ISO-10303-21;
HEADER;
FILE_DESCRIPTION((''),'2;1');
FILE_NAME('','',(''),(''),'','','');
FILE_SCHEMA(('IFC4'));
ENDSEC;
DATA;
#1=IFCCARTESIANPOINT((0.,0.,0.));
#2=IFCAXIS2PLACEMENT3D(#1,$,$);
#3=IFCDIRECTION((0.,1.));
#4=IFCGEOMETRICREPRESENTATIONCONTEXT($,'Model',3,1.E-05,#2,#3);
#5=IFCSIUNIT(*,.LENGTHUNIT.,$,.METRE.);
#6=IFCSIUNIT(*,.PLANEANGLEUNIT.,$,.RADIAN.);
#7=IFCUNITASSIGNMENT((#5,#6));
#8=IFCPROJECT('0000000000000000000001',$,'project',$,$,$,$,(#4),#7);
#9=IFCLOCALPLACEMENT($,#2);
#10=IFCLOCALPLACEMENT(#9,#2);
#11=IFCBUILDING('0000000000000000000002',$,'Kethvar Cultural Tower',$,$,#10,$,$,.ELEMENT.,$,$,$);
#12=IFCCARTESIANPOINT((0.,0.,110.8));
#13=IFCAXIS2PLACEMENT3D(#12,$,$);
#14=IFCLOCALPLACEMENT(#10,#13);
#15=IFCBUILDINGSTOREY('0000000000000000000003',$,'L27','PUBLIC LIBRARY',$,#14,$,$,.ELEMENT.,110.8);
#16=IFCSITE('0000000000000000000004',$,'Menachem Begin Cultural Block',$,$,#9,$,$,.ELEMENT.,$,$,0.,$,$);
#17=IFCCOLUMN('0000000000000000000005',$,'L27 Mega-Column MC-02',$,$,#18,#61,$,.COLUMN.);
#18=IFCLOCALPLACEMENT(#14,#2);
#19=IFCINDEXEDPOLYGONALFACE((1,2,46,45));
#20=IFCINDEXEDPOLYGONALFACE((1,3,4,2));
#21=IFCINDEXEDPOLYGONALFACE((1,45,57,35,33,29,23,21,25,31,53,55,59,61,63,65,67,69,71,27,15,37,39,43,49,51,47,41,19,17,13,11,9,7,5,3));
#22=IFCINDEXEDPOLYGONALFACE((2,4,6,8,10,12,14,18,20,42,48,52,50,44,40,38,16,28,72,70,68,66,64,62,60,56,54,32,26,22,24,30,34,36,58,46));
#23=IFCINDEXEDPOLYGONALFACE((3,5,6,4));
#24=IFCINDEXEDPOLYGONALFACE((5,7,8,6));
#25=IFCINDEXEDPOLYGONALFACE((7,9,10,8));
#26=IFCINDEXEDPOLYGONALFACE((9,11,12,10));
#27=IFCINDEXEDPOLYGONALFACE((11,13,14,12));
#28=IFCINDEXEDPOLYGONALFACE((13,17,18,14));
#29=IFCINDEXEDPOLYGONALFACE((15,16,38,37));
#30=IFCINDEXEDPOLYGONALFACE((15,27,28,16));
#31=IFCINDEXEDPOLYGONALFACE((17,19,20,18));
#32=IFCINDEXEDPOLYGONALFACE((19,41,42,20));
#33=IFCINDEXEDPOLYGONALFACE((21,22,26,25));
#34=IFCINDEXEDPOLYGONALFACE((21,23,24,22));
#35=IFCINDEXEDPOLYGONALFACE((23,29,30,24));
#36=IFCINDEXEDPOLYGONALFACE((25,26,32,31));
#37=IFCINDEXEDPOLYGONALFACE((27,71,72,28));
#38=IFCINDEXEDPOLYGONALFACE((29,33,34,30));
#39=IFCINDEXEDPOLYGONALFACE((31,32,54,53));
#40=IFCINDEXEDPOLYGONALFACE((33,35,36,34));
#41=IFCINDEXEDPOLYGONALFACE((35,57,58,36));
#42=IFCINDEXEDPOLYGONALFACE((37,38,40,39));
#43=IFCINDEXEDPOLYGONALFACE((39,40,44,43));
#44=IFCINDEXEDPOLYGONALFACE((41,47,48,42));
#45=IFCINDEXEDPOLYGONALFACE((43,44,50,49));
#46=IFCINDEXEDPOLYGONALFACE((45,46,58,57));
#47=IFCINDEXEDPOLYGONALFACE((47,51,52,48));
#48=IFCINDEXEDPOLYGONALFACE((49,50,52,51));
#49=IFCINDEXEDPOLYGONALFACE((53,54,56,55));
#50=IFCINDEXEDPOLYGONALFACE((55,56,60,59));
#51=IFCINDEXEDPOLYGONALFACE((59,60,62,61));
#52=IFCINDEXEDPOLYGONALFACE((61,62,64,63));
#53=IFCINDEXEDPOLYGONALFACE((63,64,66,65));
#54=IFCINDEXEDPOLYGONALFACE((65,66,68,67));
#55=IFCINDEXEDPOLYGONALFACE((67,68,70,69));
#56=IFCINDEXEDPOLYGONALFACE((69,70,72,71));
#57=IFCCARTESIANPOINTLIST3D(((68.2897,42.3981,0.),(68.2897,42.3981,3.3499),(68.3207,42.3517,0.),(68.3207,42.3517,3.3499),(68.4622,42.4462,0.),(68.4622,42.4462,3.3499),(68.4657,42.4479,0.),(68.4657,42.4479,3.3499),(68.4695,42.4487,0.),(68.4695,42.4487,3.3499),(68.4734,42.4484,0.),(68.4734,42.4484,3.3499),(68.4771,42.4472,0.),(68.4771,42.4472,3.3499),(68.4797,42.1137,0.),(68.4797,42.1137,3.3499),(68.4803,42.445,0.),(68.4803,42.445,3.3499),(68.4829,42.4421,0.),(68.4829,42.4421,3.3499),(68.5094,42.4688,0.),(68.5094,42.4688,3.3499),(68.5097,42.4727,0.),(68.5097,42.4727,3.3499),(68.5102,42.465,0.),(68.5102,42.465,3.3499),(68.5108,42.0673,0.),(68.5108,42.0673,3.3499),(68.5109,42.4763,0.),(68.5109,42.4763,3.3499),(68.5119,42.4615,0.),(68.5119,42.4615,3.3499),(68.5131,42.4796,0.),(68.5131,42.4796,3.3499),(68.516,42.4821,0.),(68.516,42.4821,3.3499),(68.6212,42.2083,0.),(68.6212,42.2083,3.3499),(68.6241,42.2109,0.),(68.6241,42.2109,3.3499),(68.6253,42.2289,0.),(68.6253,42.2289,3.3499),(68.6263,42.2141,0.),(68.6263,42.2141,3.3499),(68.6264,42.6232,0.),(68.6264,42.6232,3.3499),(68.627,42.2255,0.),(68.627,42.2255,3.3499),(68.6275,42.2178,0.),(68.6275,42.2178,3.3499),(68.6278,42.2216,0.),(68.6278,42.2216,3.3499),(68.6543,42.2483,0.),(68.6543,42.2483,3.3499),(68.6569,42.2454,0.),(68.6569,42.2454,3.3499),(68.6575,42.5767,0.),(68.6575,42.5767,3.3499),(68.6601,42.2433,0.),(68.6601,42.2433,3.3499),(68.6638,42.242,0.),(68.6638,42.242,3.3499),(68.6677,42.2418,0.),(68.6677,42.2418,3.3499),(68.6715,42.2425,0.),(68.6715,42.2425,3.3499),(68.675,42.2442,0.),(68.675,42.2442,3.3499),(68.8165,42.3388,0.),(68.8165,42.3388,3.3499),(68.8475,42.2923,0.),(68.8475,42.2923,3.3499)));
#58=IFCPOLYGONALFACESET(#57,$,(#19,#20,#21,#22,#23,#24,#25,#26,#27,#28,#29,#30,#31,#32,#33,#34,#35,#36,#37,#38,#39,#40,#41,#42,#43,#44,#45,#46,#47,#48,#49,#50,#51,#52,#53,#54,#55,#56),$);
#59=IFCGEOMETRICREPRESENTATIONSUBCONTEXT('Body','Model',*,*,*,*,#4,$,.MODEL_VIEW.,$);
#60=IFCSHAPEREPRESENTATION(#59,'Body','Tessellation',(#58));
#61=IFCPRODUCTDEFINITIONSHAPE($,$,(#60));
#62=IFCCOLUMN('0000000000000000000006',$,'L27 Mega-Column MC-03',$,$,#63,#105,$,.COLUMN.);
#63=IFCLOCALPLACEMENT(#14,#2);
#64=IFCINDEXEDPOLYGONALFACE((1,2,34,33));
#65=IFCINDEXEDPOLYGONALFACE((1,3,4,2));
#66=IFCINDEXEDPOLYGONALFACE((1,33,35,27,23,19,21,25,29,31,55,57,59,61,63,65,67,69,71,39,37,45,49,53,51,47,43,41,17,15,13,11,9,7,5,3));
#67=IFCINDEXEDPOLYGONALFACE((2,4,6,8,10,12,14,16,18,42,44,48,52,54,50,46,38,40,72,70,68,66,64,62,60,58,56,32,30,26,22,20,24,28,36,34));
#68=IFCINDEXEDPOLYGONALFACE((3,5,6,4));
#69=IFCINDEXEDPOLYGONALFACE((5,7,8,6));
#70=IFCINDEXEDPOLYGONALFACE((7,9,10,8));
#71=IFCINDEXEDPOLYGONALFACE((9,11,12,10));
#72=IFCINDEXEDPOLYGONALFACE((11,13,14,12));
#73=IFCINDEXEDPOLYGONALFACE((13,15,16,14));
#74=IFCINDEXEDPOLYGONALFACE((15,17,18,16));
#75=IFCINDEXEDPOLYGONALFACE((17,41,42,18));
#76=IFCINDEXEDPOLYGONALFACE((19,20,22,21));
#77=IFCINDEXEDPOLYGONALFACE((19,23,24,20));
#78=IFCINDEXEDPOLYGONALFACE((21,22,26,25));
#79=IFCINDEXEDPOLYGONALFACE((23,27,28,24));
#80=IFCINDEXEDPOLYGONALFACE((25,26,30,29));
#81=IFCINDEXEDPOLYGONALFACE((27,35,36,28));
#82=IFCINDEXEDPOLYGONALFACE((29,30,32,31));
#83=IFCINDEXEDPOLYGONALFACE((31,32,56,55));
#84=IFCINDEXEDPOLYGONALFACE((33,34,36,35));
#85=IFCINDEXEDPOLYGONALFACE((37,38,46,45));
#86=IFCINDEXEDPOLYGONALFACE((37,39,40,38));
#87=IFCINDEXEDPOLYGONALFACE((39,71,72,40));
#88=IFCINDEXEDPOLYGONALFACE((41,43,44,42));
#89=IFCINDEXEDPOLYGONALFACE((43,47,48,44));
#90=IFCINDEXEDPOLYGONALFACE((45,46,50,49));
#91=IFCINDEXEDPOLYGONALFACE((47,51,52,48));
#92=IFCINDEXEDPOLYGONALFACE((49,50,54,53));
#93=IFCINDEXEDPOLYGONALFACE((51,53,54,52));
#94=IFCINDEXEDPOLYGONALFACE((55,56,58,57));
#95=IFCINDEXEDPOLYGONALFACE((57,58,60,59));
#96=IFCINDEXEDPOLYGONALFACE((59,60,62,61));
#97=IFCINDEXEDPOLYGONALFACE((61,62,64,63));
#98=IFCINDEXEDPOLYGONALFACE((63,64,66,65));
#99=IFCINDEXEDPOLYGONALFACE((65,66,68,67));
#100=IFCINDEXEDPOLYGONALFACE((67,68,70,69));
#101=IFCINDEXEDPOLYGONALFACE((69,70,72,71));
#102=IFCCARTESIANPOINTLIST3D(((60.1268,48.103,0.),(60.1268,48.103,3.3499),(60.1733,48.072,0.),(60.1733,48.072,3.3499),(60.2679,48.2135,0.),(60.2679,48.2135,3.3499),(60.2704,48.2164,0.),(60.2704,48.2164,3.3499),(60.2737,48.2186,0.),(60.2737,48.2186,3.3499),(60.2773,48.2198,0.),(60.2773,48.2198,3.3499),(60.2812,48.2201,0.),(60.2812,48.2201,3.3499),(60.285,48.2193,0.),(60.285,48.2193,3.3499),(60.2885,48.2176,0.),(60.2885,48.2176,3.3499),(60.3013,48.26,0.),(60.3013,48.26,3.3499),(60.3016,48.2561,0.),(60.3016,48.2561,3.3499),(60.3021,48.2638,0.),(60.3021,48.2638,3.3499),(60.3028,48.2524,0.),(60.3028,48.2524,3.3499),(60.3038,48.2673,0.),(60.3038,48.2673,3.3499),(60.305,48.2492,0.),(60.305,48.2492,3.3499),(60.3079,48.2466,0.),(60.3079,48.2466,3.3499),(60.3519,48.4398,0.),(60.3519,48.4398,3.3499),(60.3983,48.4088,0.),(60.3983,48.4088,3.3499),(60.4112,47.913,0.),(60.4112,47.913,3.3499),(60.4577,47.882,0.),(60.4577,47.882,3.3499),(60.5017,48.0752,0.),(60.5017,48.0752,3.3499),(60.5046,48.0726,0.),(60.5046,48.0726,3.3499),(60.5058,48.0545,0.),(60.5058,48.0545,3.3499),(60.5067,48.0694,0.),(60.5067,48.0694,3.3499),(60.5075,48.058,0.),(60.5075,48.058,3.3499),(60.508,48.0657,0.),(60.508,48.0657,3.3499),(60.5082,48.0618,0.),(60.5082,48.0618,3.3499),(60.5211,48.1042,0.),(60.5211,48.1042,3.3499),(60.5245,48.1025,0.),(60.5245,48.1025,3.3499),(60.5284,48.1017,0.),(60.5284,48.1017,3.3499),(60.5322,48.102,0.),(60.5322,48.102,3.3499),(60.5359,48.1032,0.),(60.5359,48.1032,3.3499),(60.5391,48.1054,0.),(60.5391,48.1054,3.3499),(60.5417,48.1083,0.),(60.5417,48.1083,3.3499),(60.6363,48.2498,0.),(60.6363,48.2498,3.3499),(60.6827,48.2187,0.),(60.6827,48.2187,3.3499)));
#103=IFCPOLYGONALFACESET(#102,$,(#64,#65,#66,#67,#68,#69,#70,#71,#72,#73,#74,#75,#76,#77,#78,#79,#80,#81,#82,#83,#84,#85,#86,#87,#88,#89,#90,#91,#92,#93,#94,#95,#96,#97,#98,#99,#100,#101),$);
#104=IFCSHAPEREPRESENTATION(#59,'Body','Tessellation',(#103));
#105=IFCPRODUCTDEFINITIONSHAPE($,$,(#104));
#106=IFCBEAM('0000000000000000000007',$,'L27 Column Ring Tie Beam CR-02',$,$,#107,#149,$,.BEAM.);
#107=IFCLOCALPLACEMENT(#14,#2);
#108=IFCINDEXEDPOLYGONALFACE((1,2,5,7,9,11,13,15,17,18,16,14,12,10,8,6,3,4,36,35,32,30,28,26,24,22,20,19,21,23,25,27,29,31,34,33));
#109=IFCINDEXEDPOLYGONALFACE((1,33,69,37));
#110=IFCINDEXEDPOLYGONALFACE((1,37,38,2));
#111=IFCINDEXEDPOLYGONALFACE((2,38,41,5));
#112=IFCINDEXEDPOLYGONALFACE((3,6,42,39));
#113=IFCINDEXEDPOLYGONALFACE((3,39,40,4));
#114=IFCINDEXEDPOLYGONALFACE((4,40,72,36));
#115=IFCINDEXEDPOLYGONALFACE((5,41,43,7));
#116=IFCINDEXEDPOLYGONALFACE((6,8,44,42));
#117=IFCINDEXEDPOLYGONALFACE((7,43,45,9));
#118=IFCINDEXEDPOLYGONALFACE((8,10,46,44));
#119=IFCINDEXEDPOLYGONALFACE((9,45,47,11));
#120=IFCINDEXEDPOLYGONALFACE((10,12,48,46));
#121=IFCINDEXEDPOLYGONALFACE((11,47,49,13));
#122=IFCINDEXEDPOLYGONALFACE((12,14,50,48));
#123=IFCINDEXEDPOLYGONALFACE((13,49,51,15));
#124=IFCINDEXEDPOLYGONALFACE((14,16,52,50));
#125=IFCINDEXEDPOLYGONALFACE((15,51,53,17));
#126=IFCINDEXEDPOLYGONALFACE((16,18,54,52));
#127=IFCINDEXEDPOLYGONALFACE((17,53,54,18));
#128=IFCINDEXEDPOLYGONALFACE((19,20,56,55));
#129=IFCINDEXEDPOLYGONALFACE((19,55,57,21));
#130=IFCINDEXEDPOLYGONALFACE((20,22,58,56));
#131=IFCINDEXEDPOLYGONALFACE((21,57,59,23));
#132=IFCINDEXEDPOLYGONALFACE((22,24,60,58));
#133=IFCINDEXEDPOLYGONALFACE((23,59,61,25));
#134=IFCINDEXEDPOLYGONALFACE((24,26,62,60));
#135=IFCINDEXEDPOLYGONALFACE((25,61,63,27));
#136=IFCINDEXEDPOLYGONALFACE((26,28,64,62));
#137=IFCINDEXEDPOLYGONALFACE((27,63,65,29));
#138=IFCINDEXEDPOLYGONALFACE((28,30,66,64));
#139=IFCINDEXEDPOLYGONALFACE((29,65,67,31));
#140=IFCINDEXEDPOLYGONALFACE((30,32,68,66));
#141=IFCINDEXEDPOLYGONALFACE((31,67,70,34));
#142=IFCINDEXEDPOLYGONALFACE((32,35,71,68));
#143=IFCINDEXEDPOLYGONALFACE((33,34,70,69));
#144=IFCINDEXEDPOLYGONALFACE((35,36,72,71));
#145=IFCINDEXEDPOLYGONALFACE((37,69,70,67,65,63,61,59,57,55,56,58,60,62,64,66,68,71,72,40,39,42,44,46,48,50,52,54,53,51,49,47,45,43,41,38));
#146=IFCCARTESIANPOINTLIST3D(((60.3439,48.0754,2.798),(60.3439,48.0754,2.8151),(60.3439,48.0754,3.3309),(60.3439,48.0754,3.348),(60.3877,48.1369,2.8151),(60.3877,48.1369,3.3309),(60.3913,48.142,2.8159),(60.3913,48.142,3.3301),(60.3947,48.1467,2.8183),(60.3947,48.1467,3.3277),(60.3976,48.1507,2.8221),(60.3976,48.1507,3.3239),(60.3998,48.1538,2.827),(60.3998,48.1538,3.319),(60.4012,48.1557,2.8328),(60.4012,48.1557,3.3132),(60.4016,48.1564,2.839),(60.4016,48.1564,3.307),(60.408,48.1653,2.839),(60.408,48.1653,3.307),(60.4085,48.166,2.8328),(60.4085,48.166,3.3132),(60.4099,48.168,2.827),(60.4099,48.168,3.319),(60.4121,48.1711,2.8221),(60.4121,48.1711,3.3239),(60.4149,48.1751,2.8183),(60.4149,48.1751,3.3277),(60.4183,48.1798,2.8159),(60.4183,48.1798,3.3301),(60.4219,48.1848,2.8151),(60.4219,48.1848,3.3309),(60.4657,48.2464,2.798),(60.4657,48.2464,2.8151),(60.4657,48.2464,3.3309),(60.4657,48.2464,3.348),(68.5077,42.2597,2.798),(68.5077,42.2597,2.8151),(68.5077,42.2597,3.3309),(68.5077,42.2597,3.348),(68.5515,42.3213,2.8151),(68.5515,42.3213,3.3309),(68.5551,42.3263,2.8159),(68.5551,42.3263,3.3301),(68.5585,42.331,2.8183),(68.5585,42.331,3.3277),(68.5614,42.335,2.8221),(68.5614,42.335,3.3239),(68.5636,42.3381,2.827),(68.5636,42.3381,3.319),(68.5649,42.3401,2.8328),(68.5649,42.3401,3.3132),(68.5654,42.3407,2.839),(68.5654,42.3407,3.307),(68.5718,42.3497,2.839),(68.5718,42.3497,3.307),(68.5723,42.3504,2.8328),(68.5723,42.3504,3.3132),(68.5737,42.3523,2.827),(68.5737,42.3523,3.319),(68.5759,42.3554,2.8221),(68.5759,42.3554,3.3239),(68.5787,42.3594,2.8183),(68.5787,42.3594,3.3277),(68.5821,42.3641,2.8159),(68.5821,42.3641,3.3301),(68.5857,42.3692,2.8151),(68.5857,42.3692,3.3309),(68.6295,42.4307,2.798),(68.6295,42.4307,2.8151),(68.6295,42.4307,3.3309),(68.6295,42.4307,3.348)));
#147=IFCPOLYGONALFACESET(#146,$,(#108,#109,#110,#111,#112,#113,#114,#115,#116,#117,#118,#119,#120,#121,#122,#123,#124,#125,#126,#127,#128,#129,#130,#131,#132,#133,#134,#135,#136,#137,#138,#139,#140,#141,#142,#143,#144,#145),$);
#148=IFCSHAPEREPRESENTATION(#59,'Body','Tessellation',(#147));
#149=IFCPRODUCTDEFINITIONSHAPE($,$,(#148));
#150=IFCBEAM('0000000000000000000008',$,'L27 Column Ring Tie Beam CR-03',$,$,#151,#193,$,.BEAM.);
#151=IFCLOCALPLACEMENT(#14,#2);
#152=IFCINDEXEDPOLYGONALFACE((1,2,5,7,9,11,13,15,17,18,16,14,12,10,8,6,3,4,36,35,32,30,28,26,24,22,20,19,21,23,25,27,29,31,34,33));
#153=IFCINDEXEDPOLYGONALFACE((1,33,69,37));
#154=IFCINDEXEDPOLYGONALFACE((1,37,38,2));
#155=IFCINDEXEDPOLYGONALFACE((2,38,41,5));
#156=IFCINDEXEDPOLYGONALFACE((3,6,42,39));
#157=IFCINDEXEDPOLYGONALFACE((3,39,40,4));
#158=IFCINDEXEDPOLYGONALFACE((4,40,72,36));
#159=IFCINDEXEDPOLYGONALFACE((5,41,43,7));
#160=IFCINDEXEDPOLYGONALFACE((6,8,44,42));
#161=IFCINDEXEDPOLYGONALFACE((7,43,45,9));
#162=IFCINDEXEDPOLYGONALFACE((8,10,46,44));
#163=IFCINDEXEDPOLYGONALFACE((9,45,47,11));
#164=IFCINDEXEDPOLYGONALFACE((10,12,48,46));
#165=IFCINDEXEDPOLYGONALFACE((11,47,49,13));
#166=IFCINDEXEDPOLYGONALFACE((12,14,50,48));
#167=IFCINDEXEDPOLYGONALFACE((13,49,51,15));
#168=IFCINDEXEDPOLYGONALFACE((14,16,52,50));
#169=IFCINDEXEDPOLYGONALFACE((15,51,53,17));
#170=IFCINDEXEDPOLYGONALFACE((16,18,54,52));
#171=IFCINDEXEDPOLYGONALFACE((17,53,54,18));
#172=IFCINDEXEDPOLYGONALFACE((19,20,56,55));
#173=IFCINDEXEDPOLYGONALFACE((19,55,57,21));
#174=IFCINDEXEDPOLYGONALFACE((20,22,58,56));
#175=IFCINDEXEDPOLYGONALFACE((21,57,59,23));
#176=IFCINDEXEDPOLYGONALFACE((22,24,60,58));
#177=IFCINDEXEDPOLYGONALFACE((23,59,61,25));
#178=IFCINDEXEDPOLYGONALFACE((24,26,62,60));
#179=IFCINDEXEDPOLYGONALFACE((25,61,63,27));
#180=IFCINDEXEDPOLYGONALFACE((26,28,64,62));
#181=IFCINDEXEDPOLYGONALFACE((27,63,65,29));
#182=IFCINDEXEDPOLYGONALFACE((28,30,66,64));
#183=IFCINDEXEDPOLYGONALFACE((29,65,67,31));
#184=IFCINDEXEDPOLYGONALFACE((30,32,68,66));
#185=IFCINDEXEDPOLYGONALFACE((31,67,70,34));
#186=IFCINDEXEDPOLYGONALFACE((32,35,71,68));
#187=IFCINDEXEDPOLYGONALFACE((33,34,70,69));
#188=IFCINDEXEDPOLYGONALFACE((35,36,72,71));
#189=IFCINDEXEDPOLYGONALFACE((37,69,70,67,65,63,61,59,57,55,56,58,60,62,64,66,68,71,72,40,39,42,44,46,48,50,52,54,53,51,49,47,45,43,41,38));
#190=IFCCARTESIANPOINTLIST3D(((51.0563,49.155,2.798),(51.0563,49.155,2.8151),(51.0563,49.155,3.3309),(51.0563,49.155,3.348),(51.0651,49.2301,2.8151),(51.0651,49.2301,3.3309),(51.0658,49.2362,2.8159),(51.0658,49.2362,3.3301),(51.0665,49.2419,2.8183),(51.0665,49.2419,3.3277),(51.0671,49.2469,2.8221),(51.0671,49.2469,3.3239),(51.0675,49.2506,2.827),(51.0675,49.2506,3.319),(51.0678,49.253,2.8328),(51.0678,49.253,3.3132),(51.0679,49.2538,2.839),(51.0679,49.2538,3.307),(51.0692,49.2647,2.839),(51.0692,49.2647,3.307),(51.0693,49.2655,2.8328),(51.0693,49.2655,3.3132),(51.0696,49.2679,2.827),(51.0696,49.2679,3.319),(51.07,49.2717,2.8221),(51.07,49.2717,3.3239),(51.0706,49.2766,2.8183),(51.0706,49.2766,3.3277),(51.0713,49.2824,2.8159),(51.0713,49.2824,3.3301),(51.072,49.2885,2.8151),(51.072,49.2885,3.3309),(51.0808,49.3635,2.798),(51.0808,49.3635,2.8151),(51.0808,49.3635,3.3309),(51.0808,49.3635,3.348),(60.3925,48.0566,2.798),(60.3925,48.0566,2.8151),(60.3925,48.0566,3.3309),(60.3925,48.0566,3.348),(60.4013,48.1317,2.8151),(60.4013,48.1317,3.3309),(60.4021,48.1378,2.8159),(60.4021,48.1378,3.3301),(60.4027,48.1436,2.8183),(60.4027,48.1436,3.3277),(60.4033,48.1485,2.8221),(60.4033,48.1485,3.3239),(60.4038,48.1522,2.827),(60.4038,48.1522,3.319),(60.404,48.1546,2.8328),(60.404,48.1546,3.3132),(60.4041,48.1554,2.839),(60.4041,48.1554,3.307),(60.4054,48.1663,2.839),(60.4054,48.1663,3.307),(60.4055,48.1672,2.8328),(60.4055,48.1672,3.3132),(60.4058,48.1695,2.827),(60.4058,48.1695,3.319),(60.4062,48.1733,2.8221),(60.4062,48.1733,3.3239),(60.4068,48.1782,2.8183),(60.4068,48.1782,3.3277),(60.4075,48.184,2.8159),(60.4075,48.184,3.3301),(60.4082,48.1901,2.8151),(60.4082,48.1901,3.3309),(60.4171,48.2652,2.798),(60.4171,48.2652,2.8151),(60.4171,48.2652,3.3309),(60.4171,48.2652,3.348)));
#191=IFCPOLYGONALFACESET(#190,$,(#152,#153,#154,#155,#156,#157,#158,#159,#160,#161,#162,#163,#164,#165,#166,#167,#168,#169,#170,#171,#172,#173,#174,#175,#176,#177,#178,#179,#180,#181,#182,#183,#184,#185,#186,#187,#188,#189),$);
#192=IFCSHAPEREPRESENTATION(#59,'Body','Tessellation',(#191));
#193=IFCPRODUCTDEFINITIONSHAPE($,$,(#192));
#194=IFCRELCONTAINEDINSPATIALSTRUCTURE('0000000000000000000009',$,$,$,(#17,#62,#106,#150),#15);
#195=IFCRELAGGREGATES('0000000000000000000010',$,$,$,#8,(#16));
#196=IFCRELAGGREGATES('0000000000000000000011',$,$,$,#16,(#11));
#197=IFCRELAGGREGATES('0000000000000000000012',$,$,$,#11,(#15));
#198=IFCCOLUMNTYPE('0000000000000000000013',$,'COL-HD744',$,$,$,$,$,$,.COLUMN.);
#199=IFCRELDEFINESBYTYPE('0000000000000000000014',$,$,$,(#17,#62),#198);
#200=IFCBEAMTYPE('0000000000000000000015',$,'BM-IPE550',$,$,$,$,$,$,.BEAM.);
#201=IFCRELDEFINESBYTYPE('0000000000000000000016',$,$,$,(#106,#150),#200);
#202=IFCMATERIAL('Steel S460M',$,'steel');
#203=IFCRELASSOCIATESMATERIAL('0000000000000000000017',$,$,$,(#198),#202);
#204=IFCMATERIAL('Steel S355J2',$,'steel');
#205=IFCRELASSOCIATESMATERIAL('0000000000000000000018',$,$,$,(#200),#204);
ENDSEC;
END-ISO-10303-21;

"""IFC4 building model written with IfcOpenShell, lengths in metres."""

from ifc_helpers import new_model, si_unit, direction, frame, origin, origin_2d, place, context, subcontext, project, spatial, i_section, extrude, source, transform, mapped, material, material_profile, profile_set, type_object, element, save


model = new_model("IFC4")

# Units and contexts
model_context = context("Model", 3, precision=1e-05, world=origin(), true_north=direction((0.0, 1.0)))
body_context = subcontext(model_context, "Body", "Model", "MODEL_VIEW")
ifc_project = project(units=[si_unit("LENGTHUNIT", "METRE"), si_unit("PLANEANGLEUNIT", "RADIAN")], contexts=[model_context])

# Site, building, storey
site_placement = place(None, origin())
site = spatial("IfcSite", under=ifc_project, at=site_placement, Name="Menachem Begin Cultural Block", CompositionType="ELEMENT", RefElevation=0.0)
building_placement = place(site_placement, origin())
building = spatial("IfcBuilding", under=site, at=building_placement, Name="Kethvar Cultural Tower", CompositionType="ELEMENT")
storey_placement = place(building_placement, frame((0.0, 0.0, 110.8)))
storey = spatial("IfcBuildingStorey", under=building, at=storey_placement, Name="L27", Description="PUBLIC LIBRARY", CompositionType="ELEMENT", Elevation=110.8)

# Columns
ifc_material_1 = material(Name="Steel S460M", Category="steel")
ifc_material_profile_1 = material_profile(ifc_material_1, i_section(OverallWidth=0.405, OverallDepth=0.3979, WebThickness=0.0349, FlangeThickness=0.0559, FilletRadius=0.0149, at=origin_2d()), Name="Steel S460M — HD400x744")
ifc_profile_set_1 = profile_set([ifc_material_profile_1], Name="Steel S460M — HD400x744")
column_type = type_object("IfcColumnType", Name="COL-HD744", PredefinedType="COLUMN", material=ifc_profile_set_1)
shared_shape_1 = source(origin(), body_context, "Body", "SweptSolid", [
    extrude(i_section(OverallWidth=0.405, OverallDepth=0.3979, WebThickness=0.0349, FlangeThickness=0.0559, FilletRadius=0.0149, at=origin_2d()), origin(), (0.0, 0.0, 1.0), 3.3499),
])
for number, where, z_axis, x_axis, name in (
    (1, (68.5686, 42.3452, 0.0), (0.0, 0.0, 1.0), (0.83147, 0.55557, 0.0), "L27 Mega-Column MC-02"),
    (2, (60.4048, 48.1609, 0.0), (0.0, 0.0, 1.0), (0.55557, 0.83147, 0.0), "L27 Mega-Column MC-03"),
):
    element("IfcColumn", number, at=place(storey_placement, frame(where, z_axis=z_axis, x_axis=x_axis)), inside=storey, type_object=column_type, Name=name, PredefinedType="COLUMN", context=body_context, shape_type="MappedRepresentation", body=[
        mapped(shared_shape_1, transform((0.0, 0.0, 0.0), scale=1.0)),
    ])

# Beams
ifc_material_2 = material(Name="Steel S355J2", Category="steel")
ifc_material_profile_2 = material_profile(ifc_material_2, i_section(OverallWidth=0.21, OverallDepth=0.55, WebThickness=0.011, FlangeThickness=0.0171, FilletRadius=0.0239, at=origin_2d()), Name="Steel S355J2 — IPE550")
ifc_profile_set_2 = profile_set([ifc_material_profile_2], Name="Steel S355J2 — IPE550")
beam_type_1 = type_object("IfcBeamType", Name="BM-IPE550", PredefinedType="BEAM", material=ifc_profile_set_2)
shared_shape_2 = source(origin(), body_context, "Body", "SweptSolid", [
    extrude(i_section(OverallWidth=0.21, OverallDepth=0.55, WebThickness=0.011, FlangeThickness=0.0171, FilletRadius=0.0239, at=origin_2d()), origin(), (0.0, 0.0, 1.0), 10.0234),
])
beam_1_placement = place(storey_placement, frame((68.5686, 42.3452, 3.073), z_axis=(-0.81447, 0.580206, 0.0), x_axis=(-0.580206, -0.81447, 0.0)))
element("IfcBeam", 3, at=beam_1_placement, inside=storey, type_object=beam_type_1, Name="L27 Column Ring Tie Beam CR-02", PredefinedType="BEAM", context=body_context, shape_type="MappedRepresentation", body=[
    mapped(shared_shape_2, transform((0.0, 0.0, 0.0), scale=1.0)),
])
shared_shape_3 = source(origin(), body_context, "Body", "SweptSolid", [
    extrude(i_section(OverallWidth=0.21, OverallDepth=0.55, WebThickness=0.011, FlangeThickness=0.0171, FilletRadius=0.0239, at=origin_2d()), origin(), (0.0, 0.0, 1.0), 9.4006),
])
beam_2_placement = place(storey_placement, frame((60.4048, 48.1609, 3.073), z_axis=(-0.99315, 0.116843, 0.0), x_axis=(-0.116843, -0.99315, 0.0)))
element("IfcBeam", 4, at=beam_2_placement, inside=storey, type_object=beam_type_1, Name="L27 Column Ring Tie Beam CR-03", PredefinedType="BEAM", context=body_context, shape_type="MappedRepresentation", body=[
    mapped(shared_shape_3, transform((0.0, 0.0, 0.0), scale=1.0)),
])

save(model, "model.ifc")
